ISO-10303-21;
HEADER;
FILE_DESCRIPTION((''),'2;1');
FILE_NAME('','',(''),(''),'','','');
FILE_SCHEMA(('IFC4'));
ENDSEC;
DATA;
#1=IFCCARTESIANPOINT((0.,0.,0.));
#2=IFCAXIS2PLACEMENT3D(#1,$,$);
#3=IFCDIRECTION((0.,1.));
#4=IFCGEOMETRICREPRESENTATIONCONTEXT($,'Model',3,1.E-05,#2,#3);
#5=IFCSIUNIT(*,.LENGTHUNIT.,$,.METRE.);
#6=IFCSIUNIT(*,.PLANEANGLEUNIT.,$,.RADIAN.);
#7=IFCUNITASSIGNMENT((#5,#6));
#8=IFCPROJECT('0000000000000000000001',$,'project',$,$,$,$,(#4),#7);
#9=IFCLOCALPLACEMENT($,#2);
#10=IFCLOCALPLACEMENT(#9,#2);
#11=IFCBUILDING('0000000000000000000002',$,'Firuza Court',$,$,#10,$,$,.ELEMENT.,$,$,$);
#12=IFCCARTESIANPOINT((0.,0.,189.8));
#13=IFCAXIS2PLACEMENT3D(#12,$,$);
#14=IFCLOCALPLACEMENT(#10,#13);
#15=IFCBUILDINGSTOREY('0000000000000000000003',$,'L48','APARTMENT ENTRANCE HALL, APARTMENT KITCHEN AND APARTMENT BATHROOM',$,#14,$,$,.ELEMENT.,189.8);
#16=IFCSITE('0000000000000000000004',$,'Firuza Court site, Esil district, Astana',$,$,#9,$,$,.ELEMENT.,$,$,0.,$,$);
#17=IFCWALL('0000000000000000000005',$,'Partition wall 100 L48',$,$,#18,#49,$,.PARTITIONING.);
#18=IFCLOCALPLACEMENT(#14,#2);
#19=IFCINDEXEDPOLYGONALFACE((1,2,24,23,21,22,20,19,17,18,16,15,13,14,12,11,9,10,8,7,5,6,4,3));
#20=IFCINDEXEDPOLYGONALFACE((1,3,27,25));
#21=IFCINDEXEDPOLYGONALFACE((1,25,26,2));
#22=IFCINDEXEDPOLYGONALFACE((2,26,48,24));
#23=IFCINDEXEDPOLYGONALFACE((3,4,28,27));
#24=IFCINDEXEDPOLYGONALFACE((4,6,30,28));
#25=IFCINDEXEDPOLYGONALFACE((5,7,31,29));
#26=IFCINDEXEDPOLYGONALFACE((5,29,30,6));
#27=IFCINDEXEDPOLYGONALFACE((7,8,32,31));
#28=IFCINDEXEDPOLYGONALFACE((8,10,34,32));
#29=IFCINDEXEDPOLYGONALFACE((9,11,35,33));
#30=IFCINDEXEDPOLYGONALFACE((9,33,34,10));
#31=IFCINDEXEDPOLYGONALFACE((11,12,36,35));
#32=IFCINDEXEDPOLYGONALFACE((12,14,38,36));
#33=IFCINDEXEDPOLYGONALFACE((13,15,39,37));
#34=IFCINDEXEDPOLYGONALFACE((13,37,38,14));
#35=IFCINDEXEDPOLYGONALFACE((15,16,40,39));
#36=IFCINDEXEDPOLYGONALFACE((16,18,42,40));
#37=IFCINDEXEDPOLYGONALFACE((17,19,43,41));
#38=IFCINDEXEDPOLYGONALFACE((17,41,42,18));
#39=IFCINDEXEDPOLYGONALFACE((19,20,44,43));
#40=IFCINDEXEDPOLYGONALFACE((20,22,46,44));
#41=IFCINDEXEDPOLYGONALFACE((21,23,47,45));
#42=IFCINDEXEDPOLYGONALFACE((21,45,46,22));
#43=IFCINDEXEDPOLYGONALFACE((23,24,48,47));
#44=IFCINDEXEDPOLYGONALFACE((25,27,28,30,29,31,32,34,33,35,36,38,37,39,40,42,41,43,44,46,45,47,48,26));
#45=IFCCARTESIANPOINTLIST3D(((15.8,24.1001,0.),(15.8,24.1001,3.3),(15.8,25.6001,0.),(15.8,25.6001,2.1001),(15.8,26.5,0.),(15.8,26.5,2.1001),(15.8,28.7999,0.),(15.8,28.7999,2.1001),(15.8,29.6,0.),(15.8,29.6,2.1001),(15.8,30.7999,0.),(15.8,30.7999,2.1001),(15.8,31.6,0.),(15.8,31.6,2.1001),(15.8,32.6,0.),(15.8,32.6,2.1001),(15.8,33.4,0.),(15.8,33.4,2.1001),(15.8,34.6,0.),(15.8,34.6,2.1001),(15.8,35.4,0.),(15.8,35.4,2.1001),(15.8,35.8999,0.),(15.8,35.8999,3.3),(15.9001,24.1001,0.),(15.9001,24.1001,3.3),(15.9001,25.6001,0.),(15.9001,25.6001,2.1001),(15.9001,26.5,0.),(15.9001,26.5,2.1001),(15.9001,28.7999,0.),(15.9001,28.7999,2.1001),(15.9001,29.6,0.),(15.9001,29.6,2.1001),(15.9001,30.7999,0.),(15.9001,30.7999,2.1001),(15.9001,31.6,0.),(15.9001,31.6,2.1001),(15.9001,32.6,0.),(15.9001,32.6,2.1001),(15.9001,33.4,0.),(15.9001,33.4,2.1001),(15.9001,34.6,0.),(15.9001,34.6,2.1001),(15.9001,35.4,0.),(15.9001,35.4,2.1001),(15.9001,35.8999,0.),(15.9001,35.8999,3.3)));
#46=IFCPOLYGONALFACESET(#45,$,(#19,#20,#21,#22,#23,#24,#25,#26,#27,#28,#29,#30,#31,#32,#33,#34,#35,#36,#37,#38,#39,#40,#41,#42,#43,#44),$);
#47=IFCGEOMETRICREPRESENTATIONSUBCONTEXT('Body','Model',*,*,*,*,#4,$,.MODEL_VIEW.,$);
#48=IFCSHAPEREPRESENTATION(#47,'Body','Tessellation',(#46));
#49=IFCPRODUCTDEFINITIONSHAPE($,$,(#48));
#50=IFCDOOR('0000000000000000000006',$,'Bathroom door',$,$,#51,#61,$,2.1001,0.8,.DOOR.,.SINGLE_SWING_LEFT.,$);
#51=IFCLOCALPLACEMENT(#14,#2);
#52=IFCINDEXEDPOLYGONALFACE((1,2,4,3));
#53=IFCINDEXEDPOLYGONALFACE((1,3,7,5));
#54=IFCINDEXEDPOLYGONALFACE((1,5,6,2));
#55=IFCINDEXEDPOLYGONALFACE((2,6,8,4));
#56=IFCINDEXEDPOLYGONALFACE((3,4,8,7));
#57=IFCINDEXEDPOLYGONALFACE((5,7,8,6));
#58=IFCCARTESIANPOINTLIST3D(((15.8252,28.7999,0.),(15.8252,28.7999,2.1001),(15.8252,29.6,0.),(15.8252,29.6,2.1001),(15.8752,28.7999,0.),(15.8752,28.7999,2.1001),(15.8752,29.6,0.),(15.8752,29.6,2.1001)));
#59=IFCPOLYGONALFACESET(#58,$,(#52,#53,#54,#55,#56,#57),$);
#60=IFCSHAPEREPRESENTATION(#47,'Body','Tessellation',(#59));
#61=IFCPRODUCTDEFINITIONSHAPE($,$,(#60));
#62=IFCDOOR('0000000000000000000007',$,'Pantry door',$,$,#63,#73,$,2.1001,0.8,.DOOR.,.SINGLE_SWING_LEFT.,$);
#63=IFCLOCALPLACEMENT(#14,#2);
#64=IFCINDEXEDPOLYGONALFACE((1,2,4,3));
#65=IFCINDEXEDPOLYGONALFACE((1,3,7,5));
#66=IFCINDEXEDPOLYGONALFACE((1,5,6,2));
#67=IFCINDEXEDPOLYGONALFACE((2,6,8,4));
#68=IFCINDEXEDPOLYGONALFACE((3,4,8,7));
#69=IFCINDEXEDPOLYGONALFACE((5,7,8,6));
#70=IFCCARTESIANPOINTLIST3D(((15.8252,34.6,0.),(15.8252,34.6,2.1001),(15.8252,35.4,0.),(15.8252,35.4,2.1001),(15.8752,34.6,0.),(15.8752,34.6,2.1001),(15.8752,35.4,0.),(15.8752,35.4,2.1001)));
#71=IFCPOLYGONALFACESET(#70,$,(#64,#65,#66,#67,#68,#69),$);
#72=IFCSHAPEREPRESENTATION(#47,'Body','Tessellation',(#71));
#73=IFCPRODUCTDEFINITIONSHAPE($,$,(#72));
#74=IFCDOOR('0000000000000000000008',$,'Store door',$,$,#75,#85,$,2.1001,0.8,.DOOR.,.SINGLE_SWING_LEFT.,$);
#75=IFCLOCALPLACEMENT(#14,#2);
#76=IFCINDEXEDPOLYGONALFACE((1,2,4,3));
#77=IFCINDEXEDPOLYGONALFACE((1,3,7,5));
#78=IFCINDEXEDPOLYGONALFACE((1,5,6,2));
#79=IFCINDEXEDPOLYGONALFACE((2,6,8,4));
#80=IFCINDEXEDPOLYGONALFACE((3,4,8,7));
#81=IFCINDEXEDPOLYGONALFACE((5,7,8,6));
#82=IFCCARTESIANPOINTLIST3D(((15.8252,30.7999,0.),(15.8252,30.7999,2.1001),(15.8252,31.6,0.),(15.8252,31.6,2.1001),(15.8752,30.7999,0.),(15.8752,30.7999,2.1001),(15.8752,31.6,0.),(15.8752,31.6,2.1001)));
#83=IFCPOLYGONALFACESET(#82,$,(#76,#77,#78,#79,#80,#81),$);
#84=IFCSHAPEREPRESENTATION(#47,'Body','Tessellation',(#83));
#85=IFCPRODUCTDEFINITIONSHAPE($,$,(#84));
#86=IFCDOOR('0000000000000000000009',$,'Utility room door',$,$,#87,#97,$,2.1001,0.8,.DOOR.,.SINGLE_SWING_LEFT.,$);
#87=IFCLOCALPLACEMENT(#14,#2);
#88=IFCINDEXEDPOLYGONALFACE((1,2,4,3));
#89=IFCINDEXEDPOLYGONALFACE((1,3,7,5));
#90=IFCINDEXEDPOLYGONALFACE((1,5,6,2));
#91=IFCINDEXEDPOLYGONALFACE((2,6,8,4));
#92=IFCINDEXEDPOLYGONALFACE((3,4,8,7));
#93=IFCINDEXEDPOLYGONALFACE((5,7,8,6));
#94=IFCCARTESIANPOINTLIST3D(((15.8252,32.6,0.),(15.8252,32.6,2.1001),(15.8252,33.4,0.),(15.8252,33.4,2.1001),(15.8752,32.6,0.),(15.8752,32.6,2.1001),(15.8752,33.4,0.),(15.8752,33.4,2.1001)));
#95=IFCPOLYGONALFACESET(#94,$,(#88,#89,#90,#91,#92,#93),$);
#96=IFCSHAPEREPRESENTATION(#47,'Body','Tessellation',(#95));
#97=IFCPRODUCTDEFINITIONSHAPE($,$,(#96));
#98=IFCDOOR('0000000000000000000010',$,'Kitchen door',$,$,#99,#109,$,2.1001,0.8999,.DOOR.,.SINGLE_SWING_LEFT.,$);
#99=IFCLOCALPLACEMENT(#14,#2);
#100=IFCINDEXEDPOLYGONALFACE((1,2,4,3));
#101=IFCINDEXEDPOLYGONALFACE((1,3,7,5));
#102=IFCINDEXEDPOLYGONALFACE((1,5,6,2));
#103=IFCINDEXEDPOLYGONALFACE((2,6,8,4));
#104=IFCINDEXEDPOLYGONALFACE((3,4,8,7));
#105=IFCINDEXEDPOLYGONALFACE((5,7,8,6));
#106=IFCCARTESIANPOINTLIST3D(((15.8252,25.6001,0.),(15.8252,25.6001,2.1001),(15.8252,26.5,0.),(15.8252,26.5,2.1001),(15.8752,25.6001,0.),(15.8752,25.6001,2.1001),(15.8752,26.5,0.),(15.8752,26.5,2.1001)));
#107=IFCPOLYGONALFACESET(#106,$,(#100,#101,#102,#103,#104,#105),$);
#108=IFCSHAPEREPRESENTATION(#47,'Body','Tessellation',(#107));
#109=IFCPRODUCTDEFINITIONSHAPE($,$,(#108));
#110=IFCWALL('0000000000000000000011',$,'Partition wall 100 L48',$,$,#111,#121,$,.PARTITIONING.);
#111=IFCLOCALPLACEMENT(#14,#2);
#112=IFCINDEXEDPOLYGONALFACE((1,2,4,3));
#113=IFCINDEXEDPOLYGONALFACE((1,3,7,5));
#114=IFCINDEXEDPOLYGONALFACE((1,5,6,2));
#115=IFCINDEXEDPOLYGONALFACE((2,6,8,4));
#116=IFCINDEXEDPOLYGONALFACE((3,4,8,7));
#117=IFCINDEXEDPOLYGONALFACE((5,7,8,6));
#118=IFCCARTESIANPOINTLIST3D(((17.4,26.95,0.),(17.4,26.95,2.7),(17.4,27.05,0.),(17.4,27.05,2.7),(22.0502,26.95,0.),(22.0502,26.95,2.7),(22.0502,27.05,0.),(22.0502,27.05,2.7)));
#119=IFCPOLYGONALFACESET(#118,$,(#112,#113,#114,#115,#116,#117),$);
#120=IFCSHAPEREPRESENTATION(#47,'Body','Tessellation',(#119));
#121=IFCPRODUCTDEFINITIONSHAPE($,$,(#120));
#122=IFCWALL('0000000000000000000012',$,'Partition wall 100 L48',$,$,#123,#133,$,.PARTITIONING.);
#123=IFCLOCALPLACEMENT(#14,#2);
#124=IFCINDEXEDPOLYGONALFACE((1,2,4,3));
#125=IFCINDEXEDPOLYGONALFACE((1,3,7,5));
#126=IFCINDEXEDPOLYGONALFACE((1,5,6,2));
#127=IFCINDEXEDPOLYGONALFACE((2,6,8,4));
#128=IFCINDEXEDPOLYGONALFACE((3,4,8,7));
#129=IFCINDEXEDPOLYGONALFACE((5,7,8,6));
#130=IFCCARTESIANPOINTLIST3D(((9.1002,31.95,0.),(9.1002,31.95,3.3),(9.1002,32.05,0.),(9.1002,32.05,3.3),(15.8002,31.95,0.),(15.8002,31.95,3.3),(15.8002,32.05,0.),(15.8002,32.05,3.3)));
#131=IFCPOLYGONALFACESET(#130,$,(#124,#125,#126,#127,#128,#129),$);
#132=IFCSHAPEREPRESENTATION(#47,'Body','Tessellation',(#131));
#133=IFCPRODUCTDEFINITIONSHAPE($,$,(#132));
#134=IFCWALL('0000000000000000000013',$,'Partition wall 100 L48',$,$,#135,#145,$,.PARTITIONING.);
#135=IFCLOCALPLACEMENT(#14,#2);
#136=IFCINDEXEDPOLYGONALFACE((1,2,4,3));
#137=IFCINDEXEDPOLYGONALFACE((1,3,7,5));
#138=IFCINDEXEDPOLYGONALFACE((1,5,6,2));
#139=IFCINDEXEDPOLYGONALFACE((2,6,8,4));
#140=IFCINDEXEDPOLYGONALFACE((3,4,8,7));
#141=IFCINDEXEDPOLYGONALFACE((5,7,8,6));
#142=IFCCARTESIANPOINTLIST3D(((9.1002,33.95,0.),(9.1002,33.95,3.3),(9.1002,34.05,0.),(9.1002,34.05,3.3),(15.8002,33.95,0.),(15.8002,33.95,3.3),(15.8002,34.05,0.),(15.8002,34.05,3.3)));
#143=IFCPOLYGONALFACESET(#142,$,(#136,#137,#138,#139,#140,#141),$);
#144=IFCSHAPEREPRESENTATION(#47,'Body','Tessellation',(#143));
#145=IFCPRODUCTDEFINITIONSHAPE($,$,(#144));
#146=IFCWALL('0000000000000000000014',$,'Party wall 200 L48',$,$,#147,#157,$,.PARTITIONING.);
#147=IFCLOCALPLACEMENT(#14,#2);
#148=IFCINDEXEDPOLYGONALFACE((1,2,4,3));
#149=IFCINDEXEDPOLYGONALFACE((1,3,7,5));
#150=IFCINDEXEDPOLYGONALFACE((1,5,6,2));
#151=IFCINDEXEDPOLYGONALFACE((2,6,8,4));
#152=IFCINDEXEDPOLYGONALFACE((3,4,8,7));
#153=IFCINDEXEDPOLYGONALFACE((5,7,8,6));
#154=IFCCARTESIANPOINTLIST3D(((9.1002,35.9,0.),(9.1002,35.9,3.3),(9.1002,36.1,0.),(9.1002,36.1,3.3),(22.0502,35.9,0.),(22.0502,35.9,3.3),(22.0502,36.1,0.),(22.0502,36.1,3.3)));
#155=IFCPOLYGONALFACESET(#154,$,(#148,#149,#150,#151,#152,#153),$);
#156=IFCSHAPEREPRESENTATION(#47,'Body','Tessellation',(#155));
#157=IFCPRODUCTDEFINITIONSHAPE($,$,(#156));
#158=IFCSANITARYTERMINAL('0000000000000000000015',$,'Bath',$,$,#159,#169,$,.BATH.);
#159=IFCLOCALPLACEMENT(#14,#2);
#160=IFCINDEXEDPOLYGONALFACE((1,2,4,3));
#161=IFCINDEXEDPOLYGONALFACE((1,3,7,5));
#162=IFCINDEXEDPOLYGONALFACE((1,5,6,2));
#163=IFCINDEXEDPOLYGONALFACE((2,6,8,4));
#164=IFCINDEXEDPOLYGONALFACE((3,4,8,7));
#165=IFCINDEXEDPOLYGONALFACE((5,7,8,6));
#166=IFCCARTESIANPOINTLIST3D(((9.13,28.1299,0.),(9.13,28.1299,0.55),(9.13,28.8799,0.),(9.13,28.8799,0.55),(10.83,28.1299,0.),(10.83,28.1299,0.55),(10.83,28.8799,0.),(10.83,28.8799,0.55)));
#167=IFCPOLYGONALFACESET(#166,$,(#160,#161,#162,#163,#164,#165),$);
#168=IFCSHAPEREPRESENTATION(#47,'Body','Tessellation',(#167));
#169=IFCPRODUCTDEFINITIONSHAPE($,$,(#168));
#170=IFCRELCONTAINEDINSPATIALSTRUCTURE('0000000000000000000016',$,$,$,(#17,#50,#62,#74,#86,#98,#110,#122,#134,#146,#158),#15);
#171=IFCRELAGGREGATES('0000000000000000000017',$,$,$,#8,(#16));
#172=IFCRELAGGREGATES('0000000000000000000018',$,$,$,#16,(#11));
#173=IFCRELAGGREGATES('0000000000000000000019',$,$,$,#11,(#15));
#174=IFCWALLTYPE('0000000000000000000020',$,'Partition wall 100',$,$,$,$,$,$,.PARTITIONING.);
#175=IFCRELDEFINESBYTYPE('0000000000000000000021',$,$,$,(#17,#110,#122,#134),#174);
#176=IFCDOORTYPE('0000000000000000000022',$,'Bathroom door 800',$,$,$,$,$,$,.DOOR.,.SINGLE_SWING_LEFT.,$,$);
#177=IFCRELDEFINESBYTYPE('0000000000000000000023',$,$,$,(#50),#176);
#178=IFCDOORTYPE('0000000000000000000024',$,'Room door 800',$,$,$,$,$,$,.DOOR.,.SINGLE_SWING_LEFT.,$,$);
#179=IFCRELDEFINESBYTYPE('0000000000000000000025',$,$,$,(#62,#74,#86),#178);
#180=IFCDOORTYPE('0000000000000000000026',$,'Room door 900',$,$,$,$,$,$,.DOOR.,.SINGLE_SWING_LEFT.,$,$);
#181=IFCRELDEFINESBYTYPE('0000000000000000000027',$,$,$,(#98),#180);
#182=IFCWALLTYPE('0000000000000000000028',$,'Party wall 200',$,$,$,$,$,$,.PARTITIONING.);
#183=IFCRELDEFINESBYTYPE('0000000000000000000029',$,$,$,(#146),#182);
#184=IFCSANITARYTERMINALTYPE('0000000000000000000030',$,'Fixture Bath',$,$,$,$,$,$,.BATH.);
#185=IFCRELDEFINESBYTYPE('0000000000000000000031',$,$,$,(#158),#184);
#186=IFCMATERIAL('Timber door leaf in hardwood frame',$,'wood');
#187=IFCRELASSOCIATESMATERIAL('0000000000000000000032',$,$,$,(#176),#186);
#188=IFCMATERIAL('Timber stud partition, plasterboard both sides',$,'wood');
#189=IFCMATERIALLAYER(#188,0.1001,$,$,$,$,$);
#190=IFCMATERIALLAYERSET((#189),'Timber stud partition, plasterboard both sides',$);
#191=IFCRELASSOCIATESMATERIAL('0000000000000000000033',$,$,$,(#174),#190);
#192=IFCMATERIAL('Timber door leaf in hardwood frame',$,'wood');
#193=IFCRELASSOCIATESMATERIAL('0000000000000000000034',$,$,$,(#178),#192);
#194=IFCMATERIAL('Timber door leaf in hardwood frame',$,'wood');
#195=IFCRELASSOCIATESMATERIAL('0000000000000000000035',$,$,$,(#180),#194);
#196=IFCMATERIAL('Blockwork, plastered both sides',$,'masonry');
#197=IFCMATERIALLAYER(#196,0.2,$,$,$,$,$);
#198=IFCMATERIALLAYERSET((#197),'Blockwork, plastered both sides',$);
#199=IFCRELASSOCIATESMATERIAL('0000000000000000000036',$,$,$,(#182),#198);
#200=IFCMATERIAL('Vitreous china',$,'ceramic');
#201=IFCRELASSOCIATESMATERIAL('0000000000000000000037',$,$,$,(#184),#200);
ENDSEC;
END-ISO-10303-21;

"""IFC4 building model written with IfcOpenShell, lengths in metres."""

from ifc_helpers import new_model, si_unit, direction, frame, frame_2d, origin, origin_2d, place, context, subcontext, project, spatial, rectangle, extrude, material, layer, layer_set, type_object, element, fill, save


model = new_model("IFC4")

# Units and contexts
model_context = context("Model", 3, precision=1e-05, world=origin(), true_north=direction((0.0, 1.0)))
body_context = subcontext(model_context, "Body", "Model", "MODEL_VIEW")
ifc_project = project(units=[si_unit("LENGTHUNIT", "METRE"), si_unit("PLANEANGLEUNIT", "RADIAN")], contexts=[model_context])

# Site, building, storey
site_placement = place(None, origin())
site = spatial("IfcSite", under=ifc_project, at=site_placement, Name="Firuza Court site, Esil district, Astana", CompositionType="ELEMENT", RefElevation=0.0)
building_placement = place(site_placement, origin())
building = spatial("IfcBuilding", under=site, at=building_placement, Name="Firuza Court", CompositionType="ELEMENT")
storey_placement = place(building_placement, frame((0.0, 0.0, 189.8)))
storey = spatial("IfcBuildingStorey", under=building, at=storey_placement, Name="L48", Description="APARTMENT ENTRANCE HALL, APARTMENT KITCHEN AND APARTMENT BATHROOM", CompositionType="ELEMENT", Elevation=189.8)

# Shared definitions
ifc_material_1 = material(Name="Timber door leaf in hardwood frame", Category="wood")
door_type_1 = type_object("IfcDoorType", Name="Bathroom door 800", OperationType="SINGLE_SWING_LEFT", PredefinedType="DOOR", material=ifc_material_1)

# Shared definitions
ifc_material_2 = material(Name="Timber stud partition, plasterboard both sides", Category="wood")
ifc_layer_1 = layer(ifc_material_2, 0.1001)
ifc_layer_set_1 = layer_set([ifc_layer_1], Name="Timber stud partition, plasterboard both sides")
wall_type_1 = type_object("IfcWallType", Name="Partition wall 100", PredefinedType="PARTITIONING", material=ifc_layer_set_1)

# Wall, openings, doors
wall_1_placement = place(storey_placement, frame((15.8501, 24.1001, 0.0), z_axis=(0.0, 0.0, 1.0), x_axis=(0.0, 1.0, 0.0)))
wall_1 = element("IfcWall", 1, at=wall_1_placement, inside=storey, type_object=wall_type_1, Name="Partition wall 100 L48", PredefinedType="PARTITIONING", context=body_context, shape_type="SweptSolid", body=[
    extrude(rectangle(XDim=11.7998, YDim=0.1001, at=frame_2d((5.8999, 0.0))), origin(), (0.0, 0.0, 1.0), 3.3),
])
opening_1_placement = place(wall_1_placement, frame((4.7, 0.0, 0.0)))
opening_1 = element("IfcOpeningElement", 2, at=opening_1_placement, cuts=wall_1, PredefinedType="OPENING", context=body_context, shape_type="SweptSolid", body=[
    extrude(rectangle(XDim=0.8, YDim=2.1001, at=frame_2d((0.3999, 1.05))), frame((0.0, 0.062, 0.0), z_axis=(0.0, -1.0, 0.0), x_axis=(1.0, 0.0, 0.0)), (0.0, 0.0, 1.0), 0.124),
])
opening_2_placement = place(wall_1_placement, frame((1.5, 0.0, 0.0)))
opening_2 = element("IfcOpeningElement", 3, at=opening_2_placement, cuts=wall_1, PredefinedType="OPENING", context=body_context, shape_type="SweptSolid", body=[
    extrude(rectangle(XDim=0.8999, YDim=2.1001, at=frame_2d((0.45, 1.05))), frame((0.0, 0.062, 0.0), z_axis=(0.0, -1.0, 0.0), x_axis=(1.0, 0.0, 0.0)), (0.0, 0.0, 1.0), 0.124),
])
opening_3_placement = place(wall_1_placement, frame((10.5, 0.0, 0.0)))
opening_3 = element("IfcOpeningElement", 4, at=opening_3_placement, cuts=wall_1, PredefinedType="OPENING", context=body_context, shape_type="SweptSolid", body=[
    extrude(rectangle(XDim=0.8, YDim=2.1001, at=frame_2d((0.3999, 1.05))), frame((0.0, 0.062, 0.0), z_axis=(0.0, -1.0, 0.0), x_axis=(1.0, 0.0, 0.0)), (0.0, 0.0, 1.0), 0.124),
])
opening_4_placement = place(wall_1_placement, frame((6.7, 0.0, 0.0)))
opening_4 = element("IfcOpeningElement", 5, at=opening_4_placement, cuts=wall_1, PredefinedType="OPENING", context=body_context, shape_type="SweptSolid", body=[
    extrude(rectangle(XDim=0.8, YDim=2.1001, at=frame_2d((0.3999, 1.05))), frame((0.0, 0.062, 0.0), z_axis=(0.0, -1.0, 0.0), x_axis=(1.0, 0.0, 0.0)), (0.0, 0.0, 1.0), 0.124),
])
opening_5_placement = place(wall_1_placement, frame((8.5, 0.0, 0.0)))
opening_5 = element("IfcOpeningElement", 6, at=opening_5_placement, cuts=wall_1, PredefinedType="OPENING", context=body_context, shape_type="SweptSolid", body=[
    extrude(rectangle(XDim=0.8, YDim=2.1001, at=frame_2d((0.3999, 1.05))), frame((0.0, 0.062, 0.0), z_axis=(0.0, -1.0, 0.0), x_axis=(1.0, 0.0, 0.0)), (0.0, 0.0, 1.0), 0.124),
])
door_1_placement = place(opening_1_placement, origin())
door_1 = element("IfcDoor", 7, at=door_1_placement, inside=storey, type_object=door_type_1, Name="Bathroom door", OperationType="SINGLE_SWING_LEFT", OverallHeight=2.1001, OverallWidth=0.8, PredefinedType="DOOR", context=body_context, shape_type="SweptSolid", body=[
    extrude(rectangle(XDim=0.8, YDim=2.1001, at=frame_2d((0.3999, 1.05))), frame((0.0, 0.0249, 0.0), z_axis=(0.0, -1.0, 0.0), x_axis=(1.0, 0.0, 0.0)), (0.0, 0.0, 1.0), 0.05),
])
fill(opening_1, door_1)
ifc_material_3 = material(Name="Timber door leaf in hardwood frame", Category="wood")
door_type_2 = type_object("IfcDoorType", Name="Room door 800", OperationType="SINGLE_SWING_LEFT", PredefinedType="DOOR", material=ifc_material_3)
door_2_placement = place(opening_3_placement, origin())
door_2 = element("IfcDoor", 8, at=door_2_placement, inside=storey, type_object=door_type_2, Name="Pantry door", OperationType="SINGLE_SWING_LEFT", OverallHeight=2.1001, OverallWidth=0.8, PredefinedType="DOOR", context=body_context, shape_type="SweptSolid", body=[
    extrude(rectangle(XDim=0.8, YDim=2.1001, at=frame_2d((0.3999, 1.05))), frame((0.0, 0.0249, 0.0), z_axis=(0.0, -1.0, 0.0), x_axis=(1.0, 0.0, 0.0)), (0.0, 0.0, 1.0), 0.05),
])
fill(opening_3, door_2)
door_3_placement = place(opening_4_placement, origin())
door_3 = element("IfcDoor", 9, at=door_3_placement, inside=storey, type_object=door_type_2, Name="Store door", OperationType="SINGLE_SWING_LEFT", OverallHeight=2.1001, OverallWidth=0.8, PredefinedType="DOOR", context=body_context, shape_type="SweptSolid", body=[
    extrude(rectangle(XDim=0.8, YDim=2.1001, at=frame_2d((0.3999, 1.05))), frame((0.0, 0.0249, 0.0), z_axis=(0.0, -1.0, 0.0), x_axis=(1.0, 0.0, 0.0)), (0.0, 0.0, 1.0), 0.05),
])
fill(opening_4, door_3)
door_4_placement = place(opening_5_placement, origin())
door_4 = element("IfcDoor", 10, at=door_4_placement, inside=storey, type_object=door_type_2, Name="Utility room door", OperationType="SINGLE_SWING_LEFT", OverallHeight=2.1001, OverallWidth=0.8, PredefinedType="DOOR", context=body_context, shape_type="SweptSolid", body=[
    extrude(rectangle(XDim=0.8, YDim=2.1001, at=frame_2d((0.3999, 1.05))), frame((0.0, 0.0249, 0.0), z_axis=(0.0, -1.0, 0.0), x_axis=(1.0, 0.0, 0.0)), (0.0, 0.0, 1.0), 0.05),
])
fill(opening_5, door_4)
ifc_material_4 = material(Name="Timber door leaf in hardwood frame", Category="wood")
door_type_3 = type_object("IfcDoorType", Name="Room door 900", OperationType="SINGLE_SWING_LEFT", PredefinedType="DOOR", material=ifc_material_4)
door_5_placement = place(opening_2_placement, origin())
door_5 = element("IfcDoor", 11, at=door_5_placement, inside=storey, type_object=door_type_3, Name="Kitchen door", OperationType="SINGLE_SWING_LEFT", OverallHeight=2.1001, OverallWidth=0.8999, PredefinedType="DOOR", context=body_context, shape_type="SweptSolid", body=[
    extrude(rectangle(XDim=0.8999, YDim=2.1001, at=frame_2d((0.45, 1.05))), frame((0.0, 0.0249, 0.0), z_axis=(0.0, -1.0, 0.0), x_axis=(1.0, 0.0, 0.0)), (0.0, 0.0, 1.0), 0.05),
])
fill(opening_2, door_5)

# Walls
wall_2_placement = place(storey_placement, frame((17.3999, 27.0, 0.0), z_axis=(0.0, 0.0, 1.0), x_axis=(1.0, 0.0, 0.0)))
element("IfcWall", 12, at=wall_2_placement, inside=storey, type_object=wall_type_1, Name="Partition wall 100 L48", PredefinedType="PARTITIONING", context=body_context, shape_type="SweptSolid", body=[
    extrude(rectangle(XDim=4.6501, YDim=0.1001, at=frame_2d((2.3252, 0.0))), origin(), (0.0, 0.0, 1.0), 2.7),
])
for number, where, z_axis, x_axis, name in (
    (13, (9.1001, 32.0, 0.0), (0.0, 0.0, 1.0), (1.0, 0.0, 0.0), "Partition wall 100 L48"),
    (14, (9.1001, 34.0, 0.0), (0.0, 0.0, 1.0), (1.0, 0.0, 0.0), "Partition wall 100 L48"),
):
    element("IfcWall", number, at=place(storey_placement, frame(where, z_axis=z_axis, x_axis=x_axis)), inside=storey, type_object=wall_type_1, Name=name, PredefinedType="PARTITIONING", context=body_context, shape_type="SweptSolid", body=[
        extrude(rectangle(XDim=6.7, YDim=0.1001, at=frame_2d((3.3501, 0.0))), origin(), (0.0, 0.0, 1.0), 3.3),
    ])
ifc_material_5 = material(Name="Blockwork, plastered both sides", Category="masonry")
ifc_layer_2 = layer(ifc_material_5, 0.2)
ifc_layer_set_2 = layer_set([ifc_layer_2], Name="Blockwork, plastered both sides")
wall_type_2 = type_object("IfcWallType", Name="Party wall 200", PredefinedType="PARTITIONING", material=ifc_layer_set_2)
wall_3_placement = place(storey_placement, frame((9.1001, 36.0, 0.0), z_axis=(0.0, 0.0, 1.0), x_axis=(1.0, 0.0, 0.0)))
element("IfcWall", 15, at=wall_3_placement, inside=storey, type_object=wall_type_2, Name="Party wall 200 L48", PredefinedType="PARTITIONING", context=body_context, shape_type="SweptSolid", body=[
    extrude(rectangle(XDim=12.95, YDim=0.2, at=frame_2d((6.4751, 0.0))), origin(), (0.0, 0.0, 1.0), 3.3),
])

# Sanitary terminal
ifc_material_6 = material(Name="Vitreous china", Category="ceramic")
sanitary_terminal_type_1 = type_object("IfcSanitaryTerminalType", Name="Fixture Bath", PredefinedType="BATH", material=ifc_material_6)
sanitary_terminal_1_placement = place(storey_placement, frame((9.98, 28.5049, 0.0), z_axis=(0.0, 0.0, 1.0), x_axis=(1.0, 0.0, 0.0)))
element("IfcSanitaryTerminal", 16, at=sanitary_terminal_1_placement, inside=storey, type_object=sanitary_terminal_type_1, Name="Bath", PredefinedType="BATH", context=body_context, shape_type="SweptSolid", body=[
    extrude(rectangle(XDim=1.7, YDim=0.75, at=origin_2d()), origin(), (0.0, 0.0, 1.0), 0.55),
])

save(model, "model.ifc")
